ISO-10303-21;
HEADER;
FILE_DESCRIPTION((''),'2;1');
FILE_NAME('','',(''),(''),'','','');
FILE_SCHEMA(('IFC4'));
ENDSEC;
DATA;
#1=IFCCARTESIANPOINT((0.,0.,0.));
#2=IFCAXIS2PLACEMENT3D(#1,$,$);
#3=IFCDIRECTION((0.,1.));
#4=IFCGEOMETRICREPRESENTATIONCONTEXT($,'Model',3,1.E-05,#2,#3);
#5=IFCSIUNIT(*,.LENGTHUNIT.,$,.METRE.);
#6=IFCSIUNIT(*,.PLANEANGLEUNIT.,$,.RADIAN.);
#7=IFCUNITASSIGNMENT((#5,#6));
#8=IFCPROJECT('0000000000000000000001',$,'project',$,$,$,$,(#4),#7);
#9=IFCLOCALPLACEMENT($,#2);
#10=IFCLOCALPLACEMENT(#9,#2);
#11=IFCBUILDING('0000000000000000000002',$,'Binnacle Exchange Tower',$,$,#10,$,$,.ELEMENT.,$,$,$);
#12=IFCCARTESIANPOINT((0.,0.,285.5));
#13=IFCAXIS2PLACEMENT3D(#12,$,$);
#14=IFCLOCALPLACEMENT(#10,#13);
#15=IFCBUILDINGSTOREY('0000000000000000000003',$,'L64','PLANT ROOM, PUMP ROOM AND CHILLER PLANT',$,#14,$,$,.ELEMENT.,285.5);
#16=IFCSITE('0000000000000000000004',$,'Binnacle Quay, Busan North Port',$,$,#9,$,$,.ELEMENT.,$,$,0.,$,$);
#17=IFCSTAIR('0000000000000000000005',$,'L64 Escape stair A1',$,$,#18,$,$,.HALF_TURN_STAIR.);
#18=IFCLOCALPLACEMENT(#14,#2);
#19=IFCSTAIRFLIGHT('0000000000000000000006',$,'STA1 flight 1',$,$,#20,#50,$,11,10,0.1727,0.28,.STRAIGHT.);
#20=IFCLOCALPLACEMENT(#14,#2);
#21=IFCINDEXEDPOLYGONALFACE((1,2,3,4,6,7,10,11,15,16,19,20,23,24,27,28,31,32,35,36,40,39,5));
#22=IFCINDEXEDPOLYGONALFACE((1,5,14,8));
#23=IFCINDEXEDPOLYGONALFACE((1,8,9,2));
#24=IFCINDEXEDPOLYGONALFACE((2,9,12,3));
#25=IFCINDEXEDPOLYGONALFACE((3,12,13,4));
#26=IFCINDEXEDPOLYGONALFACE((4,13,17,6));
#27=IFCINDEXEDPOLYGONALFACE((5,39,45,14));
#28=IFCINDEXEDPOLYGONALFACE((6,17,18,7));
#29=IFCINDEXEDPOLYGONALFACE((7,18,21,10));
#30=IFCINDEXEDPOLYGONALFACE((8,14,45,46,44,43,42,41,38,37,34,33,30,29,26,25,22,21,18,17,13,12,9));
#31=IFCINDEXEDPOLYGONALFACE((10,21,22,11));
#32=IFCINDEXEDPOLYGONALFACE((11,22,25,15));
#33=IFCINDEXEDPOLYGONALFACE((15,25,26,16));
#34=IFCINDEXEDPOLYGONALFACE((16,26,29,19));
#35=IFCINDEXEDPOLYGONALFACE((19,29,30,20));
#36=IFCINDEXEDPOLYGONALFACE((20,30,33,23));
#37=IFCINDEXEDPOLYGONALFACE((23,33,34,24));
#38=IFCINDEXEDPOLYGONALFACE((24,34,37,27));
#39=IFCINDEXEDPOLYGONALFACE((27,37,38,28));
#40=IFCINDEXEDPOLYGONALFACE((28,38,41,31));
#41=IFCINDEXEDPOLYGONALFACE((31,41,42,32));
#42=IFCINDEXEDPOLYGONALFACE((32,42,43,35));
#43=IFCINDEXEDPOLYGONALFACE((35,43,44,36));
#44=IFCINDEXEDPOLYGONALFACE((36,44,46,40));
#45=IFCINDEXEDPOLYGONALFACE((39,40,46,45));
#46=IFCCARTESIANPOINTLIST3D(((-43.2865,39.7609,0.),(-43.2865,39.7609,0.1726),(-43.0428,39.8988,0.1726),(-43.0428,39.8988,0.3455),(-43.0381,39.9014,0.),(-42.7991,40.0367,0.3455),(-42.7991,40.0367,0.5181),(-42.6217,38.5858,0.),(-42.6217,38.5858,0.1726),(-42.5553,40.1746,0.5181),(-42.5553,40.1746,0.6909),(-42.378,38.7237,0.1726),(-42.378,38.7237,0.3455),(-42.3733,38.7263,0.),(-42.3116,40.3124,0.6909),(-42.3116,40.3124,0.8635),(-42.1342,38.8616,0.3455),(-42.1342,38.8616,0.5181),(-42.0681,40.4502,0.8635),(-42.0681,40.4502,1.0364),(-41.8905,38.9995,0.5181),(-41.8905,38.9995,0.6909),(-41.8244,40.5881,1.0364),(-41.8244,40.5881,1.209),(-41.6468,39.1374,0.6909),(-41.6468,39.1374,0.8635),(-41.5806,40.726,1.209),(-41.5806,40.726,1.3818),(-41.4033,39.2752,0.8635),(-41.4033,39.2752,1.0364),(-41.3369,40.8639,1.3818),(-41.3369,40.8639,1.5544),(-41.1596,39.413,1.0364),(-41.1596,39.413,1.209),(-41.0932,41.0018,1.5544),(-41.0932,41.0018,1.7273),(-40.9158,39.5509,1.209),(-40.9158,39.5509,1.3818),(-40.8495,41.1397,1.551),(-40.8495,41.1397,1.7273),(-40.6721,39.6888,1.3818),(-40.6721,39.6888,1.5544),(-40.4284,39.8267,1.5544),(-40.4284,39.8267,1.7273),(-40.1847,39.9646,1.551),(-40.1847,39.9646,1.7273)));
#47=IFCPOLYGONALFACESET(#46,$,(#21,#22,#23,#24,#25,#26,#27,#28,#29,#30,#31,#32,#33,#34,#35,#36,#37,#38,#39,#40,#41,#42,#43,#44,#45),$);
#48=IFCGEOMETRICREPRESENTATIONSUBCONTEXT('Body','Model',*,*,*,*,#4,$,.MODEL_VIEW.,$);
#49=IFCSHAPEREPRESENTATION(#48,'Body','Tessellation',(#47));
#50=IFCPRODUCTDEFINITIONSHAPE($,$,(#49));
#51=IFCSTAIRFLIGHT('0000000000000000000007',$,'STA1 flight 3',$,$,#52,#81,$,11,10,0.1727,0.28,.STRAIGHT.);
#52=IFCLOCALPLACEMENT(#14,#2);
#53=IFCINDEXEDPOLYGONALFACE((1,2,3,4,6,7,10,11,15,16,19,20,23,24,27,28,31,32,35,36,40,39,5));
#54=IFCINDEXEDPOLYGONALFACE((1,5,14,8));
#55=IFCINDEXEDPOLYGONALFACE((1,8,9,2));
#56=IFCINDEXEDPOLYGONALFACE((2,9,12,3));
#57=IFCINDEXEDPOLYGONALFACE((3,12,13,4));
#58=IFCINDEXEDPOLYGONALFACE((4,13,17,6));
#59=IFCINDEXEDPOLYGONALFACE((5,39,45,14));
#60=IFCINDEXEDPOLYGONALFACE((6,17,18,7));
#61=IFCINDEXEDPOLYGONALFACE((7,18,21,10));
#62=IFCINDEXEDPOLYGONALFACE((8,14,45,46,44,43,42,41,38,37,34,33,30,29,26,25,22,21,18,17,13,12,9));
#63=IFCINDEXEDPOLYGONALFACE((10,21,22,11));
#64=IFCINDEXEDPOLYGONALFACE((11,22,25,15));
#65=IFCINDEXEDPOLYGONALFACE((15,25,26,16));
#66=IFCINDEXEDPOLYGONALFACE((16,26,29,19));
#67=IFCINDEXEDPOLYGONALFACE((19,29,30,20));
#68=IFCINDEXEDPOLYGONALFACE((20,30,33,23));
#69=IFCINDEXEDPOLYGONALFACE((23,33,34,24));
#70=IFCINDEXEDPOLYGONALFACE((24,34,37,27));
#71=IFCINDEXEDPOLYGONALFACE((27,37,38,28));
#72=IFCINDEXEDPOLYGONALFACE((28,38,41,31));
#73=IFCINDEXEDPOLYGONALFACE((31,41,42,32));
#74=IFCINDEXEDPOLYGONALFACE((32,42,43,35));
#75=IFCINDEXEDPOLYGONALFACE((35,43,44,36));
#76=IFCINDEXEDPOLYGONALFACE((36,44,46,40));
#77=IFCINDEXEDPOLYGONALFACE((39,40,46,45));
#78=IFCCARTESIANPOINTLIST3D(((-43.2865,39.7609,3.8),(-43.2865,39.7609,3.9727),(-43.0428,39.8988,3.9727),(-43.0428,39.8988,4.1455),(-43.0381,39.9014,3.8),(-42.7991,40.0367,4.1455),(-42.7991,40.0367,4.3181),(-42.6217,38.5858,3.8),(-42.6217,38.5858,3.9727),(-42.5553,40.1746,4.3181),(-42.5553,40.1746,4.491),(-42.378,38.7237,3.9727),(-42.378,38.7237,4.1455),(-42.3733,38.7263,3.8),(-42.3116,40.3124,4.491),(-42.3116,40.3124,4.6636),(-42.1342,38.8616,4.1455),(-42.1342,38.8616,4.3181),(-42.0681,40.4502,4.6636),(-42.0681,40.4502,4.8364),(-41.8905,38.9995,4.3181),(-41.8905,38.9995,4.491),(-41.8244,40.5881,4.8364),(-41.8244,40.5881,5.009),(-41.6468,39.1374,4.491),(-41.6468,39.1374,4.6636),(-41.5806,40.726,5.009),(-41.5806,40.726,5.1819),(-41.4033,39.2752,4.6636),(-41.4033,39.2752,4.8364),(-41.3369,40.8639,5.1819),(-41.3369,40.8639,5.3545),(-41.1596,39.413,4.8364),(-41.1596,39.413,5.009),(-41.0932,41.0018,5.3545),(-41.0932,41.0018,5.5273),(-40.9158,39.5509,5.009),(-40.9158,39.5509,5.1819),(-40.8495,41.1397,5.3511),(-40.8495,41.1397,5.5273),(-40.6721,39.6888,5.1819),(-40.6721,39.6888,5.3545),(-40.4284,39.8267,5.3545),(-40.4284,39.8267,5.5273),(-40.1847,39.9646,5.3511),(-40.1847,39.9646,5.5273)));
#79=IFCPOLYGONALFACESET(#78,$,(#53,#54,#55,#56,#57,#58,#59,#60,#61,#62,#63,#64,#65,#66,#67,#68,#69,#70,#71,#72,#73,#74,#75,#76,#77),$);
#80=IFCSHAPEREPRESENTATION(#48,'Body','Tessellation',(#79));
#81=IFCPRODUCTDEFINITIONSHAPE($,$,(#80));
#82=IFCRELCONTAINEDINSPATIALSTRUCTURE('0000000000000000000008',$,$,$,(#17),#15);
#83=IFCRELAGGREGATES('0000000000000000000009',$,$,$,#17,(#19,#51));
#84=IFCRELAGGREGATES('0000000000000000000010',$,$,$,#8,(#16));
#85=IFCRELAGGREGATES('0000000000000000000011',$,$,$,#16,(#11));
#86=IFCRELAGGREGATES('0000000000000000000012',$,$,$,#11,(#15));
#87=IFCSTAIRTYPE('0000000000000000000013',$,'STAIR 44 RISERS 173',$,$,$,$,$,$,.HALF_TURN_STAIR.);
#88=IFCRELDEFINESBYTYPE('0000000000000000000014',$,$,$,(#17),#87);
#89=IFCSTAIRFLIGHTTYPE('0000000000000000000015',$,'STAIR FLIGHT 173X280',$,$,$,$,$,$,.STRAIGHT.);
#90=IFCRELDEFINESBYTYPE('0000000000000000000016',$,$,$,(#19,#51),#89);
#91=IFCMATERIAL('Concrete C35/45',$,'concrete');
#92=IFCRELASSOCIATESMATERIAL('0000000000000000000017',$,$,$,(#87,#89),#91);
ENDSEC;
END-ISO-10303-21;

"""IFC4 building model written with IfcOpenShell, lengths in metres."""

from ifc_helpers import new_model, si_unit, direction, frame, origin, place, context, subcontext, project, spatial, polyline, outline, extrude, material, type_object, element, aggregate, save


model = new_model("IFC4")

# Units and contexts
model_context = context("Model", 3, precision=1e-05, world=origin(), true_north=direction((0.0, 1.0)))
body_context = subcontext(model_context, "Body", "Model", "MODEL_VIEW")
ifc_project = project(units=[si_unit("LENGTHUNIT", "METRE"), si_unit("PLANEANGLEUNIT", "RADIAN")], contexts=[model_context])

# Site, building, storey
site_placement = place(None, origin())
site = spatial("IfcSite", under=ifc_project, at=site_placement, Name="Binnacle Quay, Busan North Port", CompositionType="ELEMENT", RefElevation=0.0)
building_placement = place(site_placement, origin())
building = spatial("IfcBuilding", under=site, at=building_placement, Name="Binnacle Exchange Tower", CompositionType="ELEMENT")
storey_placement = place(building_placement, frame((0.0, 0.0, 285.5)))
storey = spatial("IfcBuildingStorey", under=building, at=storey_placement, Name="L64", Description="PLANT ROOM, PUMP ROOM AND CHILLER PLANT", CompositionType="ELEMENT", Elevation=285.5)

# Stair, stair flights
ifc_material_1 = material(Name="Concrete C35/45", Category="concrete")
stair_type = type_object("IfcStairType", Name="STAIR 44 RISERS 173", PredefinedType="HALF_TURN_STAIR", material=ifc_material_1)
stair_placement = place(storey_placement, origin())
stair = element("IfcStair", 1, at=stair_placement, inside=storey, type_object=stair_type, Name="L64 Escape stair A1", PredefinedType="HALF_TURN_STAIR")
stair_flight_type = type_object("IfcStairFlightType", Name="STAIR FLIGHT 173X280", PredefinedType="STRAIGHT", material=ifc_material_1)
stair_flight_1_placement = place(storey_placement, frame((-42.9541, 39.1733, 0.0), z_axis=(0.0, 0.0, 1.0), x_axis=(0.870356, 0.492424, 0.0)))
stair_flight_1 = element("IfcStairFlight", 2, at=stair_flight_1_placement, type_object=stair_flight_type, Name="STA1 flight 1", NumberOfRisers=11, NumberOfTreads=10, PredefinedType="STRAIGHT", RiserHeight=0.1727, TreadLength=0.28, context=body_context, shape_type="SweptSolid", body=[
    extrude(outline(polyline([(0.0, 0.0), (0.0, 0.1726), (0.28, 0.1726), (0.28, 0.3455), (0.5601, 0.3455), (0.5601, 0.5181), (0.8401, 0.5181), (0.8401, 0.6909), (1.1201, 0.6909), (1.1201, 0.8635), (1.3999, 0.8635), (1.3999, 1.0364), (1.6799, 1.0364), (1.6799, 1.209), (1.96, 1.209), (1.96, 1.3818), (2.24, 1.3818), (2.24, 1.5544), (2.52, 1.5544), (2.52, 1.7273), (2.8, 1.7273), (2.8, 1.8999), (2.8, 1.551), (0.2854, 0.0), (0.0, 0.0)])), frame((0.0, 0.675, 0.0), z_axis=(0.0, -1.0, 0.0), x_axis=(1.0, 0.0, 0.0)), (0.0, 0.0, 1.0), 1.3501),
])
stair_flight_2_placement = place(storey_placement, frame((-42.9541, 39.1733, 3.8), z_axis=(0.0, 0.0, 1.0), x_axis=(0.870356, 0.492424, 0.0)))
stair_flight_2 = element("IfcStairFlight", 3, at=stair_flight_2_placement, type_object=stair_flight_type, Name="STA1 flight 3", NumberOfRisers=11, NumberOfTreads=10, PredefinedType="STRAIGHT", RiserHeight=0.1727, TreadLength=0.28, context=body_context, shape_type="SweptSolid", body=[
    extrude(outline(polyline([(0.0, 0.0), (0.0, 0.1726), (0.28, 0.1726), (0.28, 0.3455), (0.5601, 0.3455), (0.5601, 0.5181), (0.8401, 0.5181), (0.8401, 0.6909), (1.1201, 0.6909), (1.1201, 0.8635), (1.3999, 0.8635), (1.3999, 1.0364), (1.6799, 1.0364), (1.6799, 1.209), (1.96, 1.209), (1.96, 1.3818), (2.24, 1.3818), (2.24, 1.5544), (2.52, 1.5544), (2.52, 1.7273), (2.8, 1.7273), (2.8, 1.8999), (2.8, 1.551), (0.2854, 0.0), (0.0, 0.0)])), frame((0.0, 0.675, 0.0), z_axis=(0.0, -1.0, 0.0), x_axis=(1.0, 0.0, 0.0)), (0.0, 0.0, 1.0), 1.3501),
])
aggregate(stair, [stair_flight_1, stair_flight_2])

save(model, "model.ifc")
